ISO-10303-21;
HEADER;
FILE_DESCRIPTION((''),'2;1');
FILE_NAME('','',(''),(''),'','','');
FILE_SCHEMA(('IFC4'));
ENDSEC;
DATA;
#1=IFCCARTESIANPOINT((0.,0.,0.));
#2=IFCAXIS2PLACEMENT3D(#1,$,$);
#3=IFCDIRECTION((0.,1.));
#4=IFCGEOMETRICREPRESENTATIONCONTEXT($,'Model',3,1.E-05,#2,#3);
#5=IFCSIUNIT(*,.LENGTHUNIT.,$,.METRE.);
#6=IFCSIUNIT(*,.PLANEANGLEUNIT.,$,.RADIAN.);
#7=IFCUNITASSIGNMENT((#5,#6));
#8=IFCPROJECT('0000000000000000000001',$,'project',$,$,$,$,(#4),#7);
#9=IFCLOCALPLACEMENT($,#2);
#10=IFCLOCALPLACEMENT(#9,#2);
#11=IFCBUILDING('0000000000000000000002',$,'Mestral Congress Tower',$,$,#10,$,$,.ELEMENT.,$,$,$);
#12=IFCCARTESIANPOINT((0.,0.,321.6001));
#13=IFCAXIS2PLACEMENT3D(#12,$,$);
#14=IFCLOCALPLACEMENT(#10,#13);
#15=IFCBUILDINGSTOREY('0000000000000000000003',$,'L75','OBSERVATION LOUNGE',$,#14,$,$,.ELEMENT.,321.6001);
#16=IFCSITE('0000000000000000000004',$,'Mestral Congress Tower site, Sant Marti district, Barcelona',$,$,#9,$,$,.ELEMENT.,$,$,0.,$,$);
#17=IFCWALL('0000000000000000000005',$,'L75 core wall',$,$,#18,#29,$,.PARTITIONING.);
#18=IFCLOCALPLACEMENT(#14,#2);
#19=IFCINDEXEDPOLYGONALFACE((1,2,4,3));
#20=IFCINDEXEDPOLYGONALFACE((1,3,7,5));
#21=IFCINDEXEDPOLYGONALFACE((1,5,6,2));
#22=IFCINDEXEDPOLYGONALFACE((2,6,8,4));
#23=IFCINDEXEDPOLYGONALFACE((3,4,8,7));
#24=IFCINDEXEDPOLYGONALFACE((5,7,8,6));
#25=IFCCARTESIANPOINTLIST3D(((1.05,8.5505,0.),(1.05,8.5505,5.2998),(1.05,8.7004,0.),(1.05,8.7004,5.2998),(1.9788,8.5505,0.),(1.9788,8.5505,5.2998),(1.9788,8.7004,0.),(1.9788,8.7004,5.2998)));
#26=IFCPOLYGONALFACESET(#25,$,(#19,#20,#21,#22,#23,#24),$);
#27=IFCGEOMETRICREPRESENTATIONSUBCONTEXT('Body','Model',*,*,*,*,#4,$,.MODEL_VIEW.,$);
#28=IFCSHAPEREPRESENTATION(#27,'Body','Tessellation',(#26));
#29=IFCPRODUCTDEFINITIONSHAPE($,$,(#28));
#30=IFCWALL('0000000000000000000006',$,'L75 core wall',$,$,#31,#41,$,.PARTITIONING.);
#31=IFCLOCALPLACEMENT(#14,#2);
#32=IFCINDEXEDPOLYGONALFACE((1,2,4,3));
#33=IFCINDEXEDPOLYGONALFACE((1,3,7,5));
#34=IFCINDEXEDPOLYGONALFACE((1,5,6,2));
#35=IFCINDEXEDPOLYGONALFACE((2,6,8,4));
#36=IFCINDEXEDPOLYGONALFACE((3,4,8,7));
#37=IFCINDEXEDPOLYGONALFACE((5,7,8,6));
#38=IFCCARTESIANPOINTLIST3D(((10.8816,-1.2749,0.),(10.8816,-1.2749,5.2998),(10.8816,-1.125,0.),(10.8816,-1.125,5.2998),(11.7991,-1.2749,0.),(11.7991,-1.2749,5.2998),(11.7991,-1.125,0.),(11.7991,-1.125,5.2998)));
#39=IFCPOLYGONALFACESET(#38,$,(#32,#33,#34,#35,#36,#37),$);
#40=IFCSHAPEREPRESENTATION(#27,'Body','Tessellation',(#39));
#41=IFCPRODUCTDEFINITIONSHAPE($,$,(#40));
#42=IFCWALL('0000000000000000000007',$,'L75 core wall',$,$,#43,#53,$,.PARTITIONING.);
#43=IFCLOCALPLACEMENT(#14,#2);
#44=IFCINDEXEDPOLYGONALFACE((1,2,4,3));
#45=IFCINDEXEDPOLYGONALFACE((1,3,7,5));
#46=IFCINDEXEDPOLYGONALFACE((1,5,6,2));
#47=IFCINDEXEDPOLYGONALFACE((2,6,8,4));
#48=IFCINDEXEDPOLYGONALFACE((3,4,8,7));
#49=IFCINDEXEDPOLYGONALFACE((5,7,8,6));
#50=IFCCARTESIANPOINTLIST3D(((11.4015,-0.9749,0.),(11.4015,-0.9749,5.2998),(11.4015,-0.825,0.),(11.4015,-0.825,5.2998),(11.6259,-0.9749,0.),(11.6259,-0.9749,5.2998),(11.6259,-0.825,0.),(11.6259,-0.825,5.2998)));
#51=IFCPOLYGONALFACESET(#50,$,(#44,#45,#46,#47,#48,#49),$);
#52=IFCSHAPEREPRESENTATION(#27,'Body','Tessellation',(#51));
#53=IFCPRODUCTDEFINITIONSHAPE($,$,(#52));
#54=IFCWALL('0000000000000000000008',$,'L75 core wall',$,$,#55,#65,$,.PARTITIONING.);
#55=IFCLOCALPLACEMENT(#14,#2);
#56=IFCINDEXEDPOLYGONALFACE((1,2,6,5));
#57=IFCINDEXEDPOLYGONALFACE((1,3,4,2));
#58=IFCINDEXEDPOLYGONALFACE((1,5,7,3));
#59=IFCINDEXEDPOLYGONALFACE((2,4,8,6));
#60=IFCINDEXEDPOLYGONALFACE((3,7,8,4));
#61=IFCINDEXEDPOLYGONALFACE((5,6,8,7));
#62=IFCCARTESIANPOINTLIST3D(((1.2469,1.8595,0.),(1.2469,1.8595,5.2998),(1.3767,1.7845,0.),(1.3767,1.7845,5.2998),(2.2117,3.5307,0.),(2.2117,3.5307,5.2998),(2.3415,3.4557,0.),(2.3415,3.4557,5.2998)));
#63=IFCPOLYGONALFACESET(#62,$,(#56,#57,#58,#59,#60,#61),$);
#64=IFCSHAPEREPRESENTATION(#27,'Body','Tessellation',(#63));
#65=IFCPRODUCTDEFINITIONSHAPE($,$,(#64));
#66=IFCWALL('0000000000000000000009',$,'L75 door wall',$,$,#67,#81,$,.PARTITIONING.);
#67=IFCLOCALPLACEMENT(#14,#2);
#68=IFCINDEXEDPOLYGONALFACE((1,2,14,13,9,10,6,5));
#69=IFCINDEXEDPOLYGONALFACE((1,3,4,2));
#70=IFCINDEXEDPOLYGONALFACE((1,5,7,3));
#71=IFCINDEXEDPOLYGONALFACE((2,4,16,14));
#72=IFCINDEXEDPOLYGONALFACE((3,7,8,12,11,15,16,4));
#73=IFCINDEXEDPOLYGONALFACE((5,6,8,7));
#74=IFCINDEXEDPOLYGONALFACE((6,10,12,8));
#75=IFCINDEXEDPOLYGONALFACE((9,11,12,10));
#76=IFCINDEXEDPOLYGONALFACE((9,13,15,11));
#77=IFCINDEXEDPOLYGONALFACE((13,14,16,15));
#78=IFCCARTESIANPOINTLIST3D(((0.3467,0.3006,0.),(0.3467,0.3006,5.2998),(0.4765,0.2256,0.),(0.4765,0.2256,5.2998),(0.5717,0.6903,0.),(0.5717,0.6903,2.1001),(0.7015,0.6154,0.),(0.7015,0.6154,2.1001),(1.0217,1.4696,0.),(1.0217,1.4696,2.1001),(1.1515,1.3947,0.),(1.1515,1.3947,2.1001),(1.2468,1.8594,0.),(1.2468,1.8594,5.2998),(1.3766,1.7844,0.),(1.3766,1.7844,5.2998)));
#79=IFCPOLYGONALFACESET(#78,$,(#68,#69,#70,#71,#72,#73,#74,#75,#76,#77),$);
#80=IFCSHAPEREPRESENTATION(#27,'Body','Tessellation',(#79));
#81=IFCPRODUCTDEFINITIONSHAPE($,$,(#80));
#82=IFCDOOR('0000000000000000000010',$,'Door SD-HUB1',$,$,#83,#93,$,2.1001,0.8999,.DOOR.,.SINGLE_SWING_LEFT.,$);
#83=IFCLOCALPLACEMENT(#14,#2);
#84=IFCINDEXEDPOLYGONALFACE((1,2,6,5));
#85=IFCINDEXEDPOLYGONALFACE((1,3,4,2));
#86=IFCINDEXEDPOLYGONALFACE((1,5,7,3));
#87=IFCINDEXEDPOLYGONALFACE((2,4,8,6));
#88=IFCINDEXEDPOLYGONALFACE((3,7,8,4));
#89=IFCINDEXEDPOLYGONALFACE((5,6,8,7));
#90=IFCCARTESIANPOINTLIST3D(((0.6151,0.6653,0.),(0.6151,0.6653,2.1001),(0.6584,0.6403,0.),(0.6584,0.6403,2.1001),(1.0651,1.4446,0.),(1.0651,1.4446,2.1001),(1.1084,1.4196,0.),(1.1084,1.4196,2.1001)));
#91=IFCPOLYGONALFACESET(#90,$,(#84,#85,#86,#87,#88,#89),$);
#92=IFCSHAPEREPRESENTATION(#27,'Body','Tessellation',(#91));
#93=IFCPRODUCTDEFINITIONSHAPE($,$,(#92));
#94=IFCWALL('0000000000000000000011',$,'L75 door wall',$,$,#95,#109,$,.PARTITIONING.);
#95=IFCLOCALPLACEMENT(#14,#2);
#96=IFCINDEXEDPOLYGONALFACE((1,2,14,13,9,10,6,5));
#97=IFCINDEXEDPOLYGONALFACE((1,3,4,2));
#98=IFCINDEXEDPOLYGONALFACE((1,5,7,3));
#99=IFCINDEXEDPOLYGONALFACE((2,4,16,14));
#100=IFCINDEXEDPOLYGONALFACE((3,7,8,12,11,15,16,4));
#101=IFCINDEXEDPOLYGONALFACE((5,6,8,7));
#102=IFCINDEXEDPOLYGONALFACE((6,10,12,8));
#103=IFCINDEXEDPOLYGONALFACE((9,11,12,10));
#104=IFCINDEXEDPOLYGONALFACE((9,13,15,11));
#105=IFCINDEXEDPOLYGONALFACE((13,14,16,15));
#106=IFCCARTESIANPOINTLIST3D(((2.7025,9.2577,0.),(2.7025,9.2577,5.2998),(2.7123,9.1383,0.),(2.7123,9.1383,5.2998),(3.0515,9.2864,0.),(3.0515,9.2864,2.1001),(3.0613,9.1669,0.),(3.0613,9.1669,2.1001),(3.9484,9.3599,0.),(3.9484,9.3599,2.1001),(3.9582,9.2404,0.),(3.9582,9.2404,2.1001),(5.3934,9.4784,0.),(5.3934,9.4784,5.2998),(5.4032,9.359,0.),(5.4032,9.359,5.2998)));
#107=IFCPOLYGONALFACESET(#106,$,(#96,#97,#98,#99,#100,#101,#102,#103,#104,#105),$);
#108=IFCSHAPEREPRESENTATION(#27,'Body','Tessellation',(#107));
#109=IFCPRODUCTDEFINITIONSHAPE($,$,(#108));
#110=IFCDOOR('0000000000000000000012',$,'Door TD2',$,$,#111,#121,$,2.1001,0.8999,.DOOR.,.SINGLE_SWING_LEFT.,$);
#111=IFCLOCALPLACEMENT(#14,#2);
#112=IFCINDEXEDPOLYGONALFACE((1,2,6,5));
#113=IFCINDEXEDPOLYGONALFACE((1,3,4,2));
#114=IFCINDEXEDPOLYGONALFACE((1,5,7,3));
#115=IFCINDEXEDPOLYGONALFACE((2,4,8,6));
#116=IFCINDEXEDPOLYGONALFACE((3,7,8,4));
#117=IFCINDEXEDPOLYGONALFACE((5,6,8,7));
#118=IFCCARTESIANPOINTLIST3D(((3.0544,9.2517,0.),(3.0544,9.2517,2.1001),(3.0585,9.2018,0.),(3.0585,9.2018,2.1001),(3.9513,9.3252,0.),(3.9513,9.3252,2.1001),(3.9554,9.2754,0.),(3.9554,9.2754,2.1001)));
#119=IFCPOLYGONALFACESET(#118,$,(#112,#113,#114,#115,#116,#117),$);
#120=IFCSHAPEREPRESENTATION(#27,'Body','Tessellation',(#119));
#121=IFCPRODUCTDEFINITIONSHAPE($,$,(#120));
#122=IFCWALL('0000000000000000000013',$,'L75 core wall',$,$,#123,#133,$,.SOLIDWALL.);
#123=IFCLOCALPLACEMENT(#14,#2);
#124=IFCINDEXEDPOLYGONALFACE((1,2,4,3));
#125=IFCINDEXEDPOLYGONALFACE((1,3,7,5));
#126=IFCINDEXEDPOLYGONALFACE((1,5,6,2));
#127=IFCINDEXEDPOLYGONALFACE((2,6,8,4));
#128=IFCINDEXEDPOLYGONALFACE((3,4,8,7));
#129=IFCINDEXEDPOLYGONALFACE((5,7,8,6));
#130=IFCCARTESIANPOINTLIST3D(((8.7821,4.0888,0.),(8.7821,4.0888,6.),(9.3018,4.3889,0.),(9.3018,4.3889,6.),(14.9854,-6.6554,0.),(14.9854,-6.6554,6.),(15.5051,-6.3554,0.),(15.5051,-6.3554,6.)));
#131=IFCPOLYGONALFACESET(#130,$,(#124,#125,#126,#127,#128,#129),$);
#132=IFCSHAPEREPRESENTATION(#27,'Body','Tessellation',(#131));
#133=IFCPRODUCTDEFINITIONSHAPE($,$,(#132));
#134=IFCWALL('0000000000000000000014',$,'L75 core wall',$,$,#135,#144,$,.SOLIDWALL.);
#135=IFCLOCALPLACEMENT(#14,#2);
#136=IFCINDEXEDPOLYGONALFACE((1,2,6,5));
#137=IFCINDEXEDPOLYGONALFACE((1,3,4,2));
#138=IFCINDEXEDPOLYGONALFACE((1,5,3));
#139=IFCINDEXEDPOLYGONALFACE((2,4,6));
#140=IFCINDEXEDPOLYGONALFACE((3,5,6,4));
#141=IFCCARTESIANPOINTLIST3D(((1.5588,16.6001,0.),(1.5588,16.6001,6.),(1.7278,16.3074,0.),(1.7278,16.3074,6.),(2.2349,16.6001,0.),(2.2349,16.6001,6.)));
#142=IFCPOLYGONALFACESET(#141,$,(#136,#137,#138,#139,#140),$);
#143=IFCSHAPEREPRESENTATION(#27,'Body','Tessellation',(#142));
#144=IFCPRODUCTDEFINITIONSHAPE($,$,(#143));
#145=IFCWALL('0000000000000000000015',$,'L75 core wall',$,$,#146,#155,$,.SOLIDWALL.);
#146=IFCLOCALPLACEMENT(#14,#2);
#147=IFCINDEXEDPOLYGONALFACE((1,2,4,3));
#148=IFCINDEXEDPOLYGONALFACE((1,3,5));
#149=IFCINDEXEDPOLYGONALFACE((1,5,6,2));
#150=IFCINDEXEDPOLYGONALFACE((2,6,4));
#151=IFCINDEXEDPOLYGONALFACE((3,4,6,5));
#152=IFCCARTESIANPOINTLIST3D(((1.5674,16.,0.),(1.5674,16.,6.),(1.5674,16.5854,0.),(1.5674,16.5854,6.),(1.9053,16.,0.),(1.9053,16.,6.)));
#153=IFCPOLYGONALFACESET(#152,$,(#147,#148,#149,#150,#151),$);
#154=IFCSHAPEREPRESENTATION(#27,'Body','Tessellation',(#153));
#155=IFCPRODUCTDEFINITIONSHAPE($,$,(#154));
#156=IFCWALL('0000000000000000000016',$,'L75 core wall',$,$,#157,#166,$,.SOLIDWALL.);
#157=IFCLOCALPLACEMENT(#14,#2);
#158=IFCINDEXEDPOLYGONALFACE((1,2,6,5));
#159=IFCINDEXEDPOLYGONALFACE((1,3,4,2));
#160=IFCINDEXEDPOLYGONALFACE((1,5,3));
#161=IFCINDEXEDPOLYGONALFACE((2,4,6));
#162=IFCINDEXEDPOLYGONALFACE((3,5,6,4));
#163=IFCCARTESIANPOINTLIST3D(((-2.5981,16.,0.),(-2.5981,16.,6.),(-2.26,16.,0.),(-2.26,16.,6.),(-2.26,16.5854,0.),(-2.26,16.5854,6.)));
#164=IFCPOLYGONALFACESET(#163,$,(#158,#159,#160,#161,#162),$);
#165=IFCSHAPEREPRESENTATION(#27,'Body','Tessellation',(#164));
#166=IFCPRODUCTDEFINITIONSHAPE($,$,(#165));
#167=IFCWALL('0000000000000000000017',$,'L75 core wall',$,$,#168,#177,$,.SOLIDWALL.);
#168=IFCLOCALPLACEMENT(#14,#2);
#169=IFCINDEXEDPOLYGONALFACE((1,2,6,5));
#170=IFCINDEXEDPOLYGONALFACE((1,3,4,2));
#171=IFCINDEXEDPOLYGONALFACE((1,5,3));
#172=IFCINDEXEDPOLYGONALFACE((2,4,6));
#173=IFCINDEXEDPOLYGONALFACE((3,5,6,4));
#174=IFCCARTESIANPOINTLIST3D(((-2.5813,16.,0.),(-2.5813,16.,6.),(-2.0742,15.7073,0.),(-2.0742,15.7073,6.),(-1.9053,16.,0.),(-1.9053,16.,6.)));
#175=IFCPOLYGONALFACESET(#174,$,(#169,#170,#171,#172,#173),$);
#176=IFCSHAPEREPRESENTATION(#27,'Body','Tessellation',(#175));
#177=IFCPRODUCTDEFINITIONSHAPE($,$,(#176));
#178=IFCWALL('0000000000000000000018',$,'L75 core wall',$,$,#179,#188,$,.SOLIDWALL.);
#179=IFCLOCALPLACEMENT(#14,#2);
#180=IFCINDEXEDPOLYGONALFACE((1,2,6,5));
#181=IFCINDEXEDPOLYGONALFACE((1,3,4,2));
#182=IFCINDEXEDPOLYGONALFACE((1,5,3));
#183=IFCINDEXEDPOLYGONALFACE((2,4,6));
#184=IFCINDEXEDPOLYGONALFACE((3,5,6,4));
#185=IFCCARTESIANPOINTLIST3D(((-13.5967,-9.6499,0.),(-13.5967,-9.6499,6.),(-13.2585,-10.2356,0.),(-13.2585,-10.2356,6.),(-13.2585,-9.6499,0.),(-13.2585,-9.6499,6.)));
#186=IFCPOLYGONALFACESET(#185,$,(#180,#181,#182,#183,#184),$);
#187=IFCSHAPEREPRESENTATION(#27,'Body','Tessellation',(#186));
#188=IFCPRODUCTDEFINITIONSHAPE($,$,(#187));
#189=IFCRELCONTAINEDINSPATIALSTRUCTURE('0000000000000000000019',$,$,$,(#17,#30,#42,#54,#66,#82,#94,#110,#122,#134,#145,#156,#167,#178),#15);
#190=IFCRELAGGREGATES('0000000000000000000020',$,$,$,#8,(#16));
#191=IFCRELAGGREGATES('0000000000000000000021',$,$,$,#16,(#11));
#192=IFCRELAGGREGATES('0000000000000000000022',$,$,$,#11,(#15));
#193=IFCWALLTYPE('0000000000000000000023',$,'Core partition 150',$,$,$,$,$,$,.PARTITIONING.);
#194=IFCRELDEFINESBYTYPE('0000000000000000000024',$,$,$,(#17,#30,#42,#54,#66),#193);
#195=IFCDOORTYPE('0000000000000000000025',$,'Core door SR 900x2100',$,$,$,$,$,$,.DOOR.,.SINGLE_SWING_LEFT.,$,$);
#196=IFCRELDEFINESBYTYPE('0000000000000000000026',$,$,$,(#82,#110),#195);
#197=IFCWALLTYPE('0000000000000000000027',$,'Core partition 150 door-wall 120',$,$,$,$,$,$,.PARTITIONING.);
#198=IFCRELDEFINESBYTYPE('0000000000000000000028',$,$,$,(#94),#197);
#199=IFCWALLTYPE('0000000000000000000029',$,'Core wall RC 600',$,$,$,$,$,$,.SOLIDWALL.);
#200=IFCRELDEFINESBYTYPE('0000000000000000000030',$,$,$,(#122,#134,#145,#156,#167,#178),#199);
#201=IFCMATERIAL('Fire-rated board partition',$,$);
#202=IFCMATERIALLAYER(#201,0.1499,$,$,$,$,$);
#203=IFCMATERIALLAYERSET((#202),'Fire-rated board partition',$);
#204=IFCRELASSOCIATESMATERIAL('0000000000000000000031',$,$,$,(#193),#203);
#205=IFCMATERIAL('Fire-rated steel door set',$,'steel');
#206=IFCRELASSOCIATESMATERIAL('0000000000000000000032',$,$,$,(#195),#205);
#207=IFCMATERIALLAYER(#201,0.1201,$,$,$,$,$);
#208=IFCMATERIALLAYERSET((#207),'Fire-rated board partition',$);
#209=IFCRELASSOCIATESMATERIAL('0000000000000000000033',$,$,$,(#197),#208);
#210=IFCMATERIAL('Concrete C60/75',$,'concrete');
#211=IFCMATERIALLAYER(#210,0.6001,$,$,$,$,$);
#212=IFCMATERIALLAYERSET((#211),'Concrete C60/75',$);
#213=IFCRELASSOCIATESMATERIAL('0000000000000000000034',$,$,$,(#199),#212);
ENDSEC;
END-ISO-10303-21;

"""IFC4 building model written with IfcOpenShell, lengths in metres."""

from ifc_helpers import new_model, si_unit, direction, frame, frame_2d, origin, place, context, subcontext, project, spatial, polyline, rectangle, outline, extrude, material, layer, layer_set, type_object, element, fill, save


model = new_model("IFC4")

# Units and contexts
model_context = context("Model", 3, precision=1e-05, world=origin(), true_north=direction((0.0, 1.0)))
body_context = subcontext(model_context, "Body", "Model", "MODEL_VIEW")
ifc_project = project(units=[si_unit("LENGTHUNIT", "METRE"), si_unit("PLANEANGLEUNIT", "RADIAN")], contexts=[model_context])

# Site, building, storey
site_placement = place(None, origin())
site = spatial("IfcSite", under=ifc_project, at=site_placement, Name="Mestral Congress Tower site, Sant Marti district, Barcelona", CompositionType="ELEMENT", RefElevation=0.0)
building_placement = place(site_placement, origin())
building = spatial("IfcBuilding", under=site, at=building_placement, Name="Mestral Congress Tower", CompositionType="ELEMENT")
storey_placement = place(building_placement, frame((0.0, 0.0, 321.6001)))
storey = spatial("IfcBuildingStorey", under=building, at=storey_placement, Name="L75", Description="OBSERVATION LOUNGE", CompositionType="ELEMENT", Elevation=321.6001)

# Walls
ifc_material_1 = material(Name="Fire-rated board partition")
ifc_layer_1 = layer(ifc_material_1, 0.1499)
ifc_layer_set_1 = layer_set([ifc_layer_1], Name="Fire-rated board partition")
wall_type_1 = type_object("IfcWallType", Name="Core partition 150", PredefinedType="PARTITIONING", material=ifc_layer_set_1)
wall_1_placement = place(storey_placement, frame((1.05, 8.6255, 0.0), z_axis=(0.0, 0.0, 1.0), x_axis=(1.0, 0.0, 0.0)))
element("IfcWall", 1, at=wall_1_placement, inside=storey, type_object=wall_type_1, Name="L75 core wall", PredefinedType="PARTITIONING", context=body_context, shape_type="SweptSolid", body=[
    extrude(rectangle(XDim=0.9287, YDim=0.1499, at=frame_2d((0.4644, 0.0))), origin(), (0.0, 0.0, 1.0), 5.2998),
])
wall_2_placement = place(storey_placement, frame((10.8816, -1.2, 0.0), z_axis=(0.0, 0.0, 1.0), x_axis=(1.0, 0.0, 0.0)))
element("IfcWall", 2, at=wall_2_placement, inside=storey, type_object=wall_type_1, Name="L75 core wall", PredefinedType="PARTITIONING", context=body_context, shape_type="SweptSolid", body=[
    extrude(rectangle(XDim=0.9175, YDim=0.1499, at=frame_2d((0.4587, 0.0))), origin(), (0.0, 0.0, 1.0), 5.2998),
])
wall_3_placement = place(storey_placement, frame((11.4014, -0.8999, 0.0), z_axis=(0.0, 0.0, 1.0), x_axis=(1.0, 0.0, 0.0)))
element("IfcWall", 3, at=wall_3_placement, inside=storey, type_object=wall_type_1, Name="L75 core wall", PredefinedType="PARTITIONING", context=body_context, shape_type="SweptSolid", body=[
    extrude(rectangle(XDim=0.2244, YDim=0.1499, at=frame_2d((0.1123, 0.0))), origin(), (0.0, 0.0, 1.0), 5.2998),
])
wall_4_placement = place(storey_placement, frame((1.3118, 1.822, 0.0), z_axis=(0.0, 0.0, 1.0), x_axis=(0.500004, 0.866023, 0.0)))
element("IfcWall", 4, at=wall_4_placement, inside=storey, type_object=wall_type_1, Name="L75 core wall", PredefinedType="PARTITIONING", context=body_context, shape_type="SweptSolid", body=[
    extrude(rectangle(XDim=1.9297, YDim=0.1499, at=frame_2d((0.9648, 0.0))), origin(), (0.0, 0.0, 1.0), 5.2998),
])

# Walls, openings, doors
wall_5_placement = place(storey_placement, frame((0.4116, 0.2632, 0.0), z_axis=(0.0, 0.0, 1.0), x_axis=(0.500063, 0.865989, 0.0)))
wall_5 = element("IfcWall", 5, at=wall_5_placement, inside=storey, type_object=wall_type_1, Name="L75 door wall", PredefinedType="PARTITIONING", context=body_context, shape_type="SweptSolid", body=[
    extrude(rectangle(XDim=1.8, YDim=0.1499, at=frame_2d((0.8999, 0.0))), origin(), (0.0, 0.0, 1.0), 5.2998),
])
opening_1_placement = place(wall_5_placement, frame((0.45, 0.0, 0.0)))
opening_1 = element("IfcOpeningElement", 6, at=opening_1_placement, cuts=wall_5, PredefinedType="OPENING", context=body_context, shape_type="SweptSolid", body=[
    extrude(rectangle(XDim=0.8999, YDim=2.1001, at=frame_2d((0.45, 1.05))), frame((0.0, 0.085, 0.0), z_axis=(0.0, -1.0, 0.0), x_axis=(1.0, 0.0, 0.0)), (0.0, 0.0, 1.0), 0.1699),
])
ifc_material_2 = material(Name="Fire-rated steel door set", Category="steel")
door_type_1 = type_object("IfcDoorType", Name="Core door SR 900x2100", OperationType="SINGLE_SWING_LEFT", PredefinedType="DOOR", material=ifc_material_2)
door_1_placement = place(opening_1_placement, origin())
door_1 = element("IfcDoor", 7, at=door_1_placement, inside=storey, type_object=door_type_1, Name="Door SD-HUB1", OperationType="SINGLE_SWING_LEFT", OverallHeight=2.1001, OverallWidth=0.8999, PredefinedType="DOOR", context=body_context, shape_type="SweptSolid", body=[
    extrude(rectangle(XDim=0.8999, YDim=2.1001, at=frame_2d((0.45, 1.05))), frame((0.0, 0.0249, 0.0), z_axis=(0.0, -1.0, 0.0), x_axis=(1.0, 0.0, 0.0)), (0.0, 0.0, 1.0), 0.05),
])
fill(opening_1, door_1)
ifc_layer_2 = layer(ifc_material_1, 0.1201)
ifc_layer_set_2 = layer_set([ifc_layer_2], Name="Fire-rated board partition")
wall_type_2 = type_object("IfcWallType", Name="Core partition 150 door-wall 120", PredefinedType="PARTITIONING", material=ifc_layer_set_2)
wall_6_placement = place(storey_placement, frame((5.3984, 9.4187, 0.0), z_axis=(0.0, 0.0, 1.0), x_axis=(-0.996653, -0.081743, 0.0)))
wall_6 = element("IfcWall", 8, at=wall_6_placement, inside=storey, type_object=wall_type_2, Name="L75 door wall", PredefinedType="PARTITIONING", context=body_context, shape_type="SweptSolid", body=[
    extrude(rectangle(XDim=2.7, YDim=0.1199, at=frame_2d((1.3501, 0.0))), origin(), (0.0, 0.0, 1.0), 5.2998),
])
opening_2_placement = place(wall_6_placement, frame((1.45, 0.0, 0.0)))
opening_2 = element("IfcOpeningElement", 9, at=opening_2_placement, cuts=wall_6, PredefinedType="OPENING", context=body_context, shape_type="SweptSolid", body=[
    extrude(rectangle(XDim=0.8999, YDim=2.1001, at=frame_2d((0.45, 1.05))), frame((0.0, 0.0698, 0.0), z_axis=(0.0, -1.0, 0.0), x_axis=(1.0, 0.0, 0.0)), (0.0, 0.0, 1.0), 0.1399),
])
door_2_placement = place(opening_2_placement, origin())
door_2 = element("IfcDoor", 10, at=door_2_placement, inside=storey, type_object=door_type_1, Name="Door TD2", OperationType="SINGLE_SWING_LEFT", OverallHeight=2.1001, OverallWidth=0.8999, PredefinedType="DOOR", context=body_context, shape_type="SweptSolid", body=[
    extrude(rectangle(XDim=0.8999, YDim=2.1001, at=frame_2d((0.45, 1.05))), frame((0.0, 0.0249, 0.0), z_axis=(0.0, -1.0, 0.0), x_axis=(1.0, 0.0, 0.0)), (0.0, 0.0, 1.0), 0.05),
])
fill(opening_2, door_2)

# Walls
ifc_material_3 = material(Name="Concrete C60/75", Category="concrete")
ifc_layer_3 = layer(ifc_material_3, 0.6001)
ifc_layer_set_3 = layer_set([ifc_layer_3], Name="Concrete C60/75")
wall_type_3 = type_object("IfcWallType", Name="Core wall RC 600", PredefinedType="SOLIDWALL", material=ifc_layer_set_3)
wall_7_placement = place(storey_placement, frame((9.042, 4.2388, 0.0), z_axis=(0.0, 0.0, 1.0), x_axis=(0.500006, -0.866022, 0.0)))
element("IfcWall", 11, at=wall_7_placement, inside=storey, type_object=wall_type_3, Name="L75 core wall", PredefinedType="SOLIDWALL", context=body_context, shape_type="SweptSolid", body=[
    extrude(rectangle(XDim=12.4065, YDim=0.6001, at=frame_2d((6.2031, 0.0))), origin(), (0.0, 0.0, 1.0), 6.0),
])
placement = place(storey_placement, origin())
element("IfcWall", 12, at=placement, inside=storey, type_object=wall_type_3, Name="L75 core wall", PredefinedType="SOLIDWALL", context=body_context, shape_type="SweptSolid", body=[
    extrude(outline(polyline([(1.5588, 16.6001), (2.2349, 16.6001), (1.7278, 16.3074), (1.5588, 16.6001)])), origin(), (0.0, 0.0, 1.0), 6.0),
])
element("IfcWall", 13, at=placement, inside=storey, type_object=wall_type_3, Name="L75 core wall", PredefinedType="SOLIDWALL", context=body_context, shape_type="SweptSolid", body=[
    extrude(outline(polyline([(1.9053, 16.0), (1.5674, 16.0), (1.5674, 16.5854), (1.9053, 16.0)])), origin(), (0.0, 0.0, 1.0), 6.0),
])
element("IfcWall", 14, at=placement, inside=storey, type_object=wall_type_3, Name="L75 core wall", PredefinedType="SOLIDWALL", context=body_context, shape_type="SweptSolid", body=[
    extrude(outline(polyline([(-2.5981, 16.0), (-2.26, 16.5854), (-2.26, 16.0), (-2.5981, 16.0)])), origin(), (0.0, 0.0, 1.0), 6.0),
])
element("IfcWall", 15, at=placement, inside=storey, type_object=wall_type_3, Name="L75 core wall", PredefinedType="SOLIDWALL", context=body_context, shape_type="SweptSolid", body=[
    extrude(outline(polyline([(-1.9053, 16.0), (-2.0742, 15.7073), (-2.5813, 16.0), (-1.9053, 16.0)])), origin(), (0.0, 0.0, 1.0), 6.0),
])
element("IfcWall", 16, at=placement, inside=storey, type_object=wall_type_3, Name="L75 core wall", PredefinedType="SOLIDWALL", context=body_context, shape_type="SweptSolid", body=[
    extrude(outline(polyline([(-13.5967, -9.6499), (-13.2585, -9.6499), (-13.2585, -10.2356), (-13.5967, -9.6499)])), origin(), (0.0, 0.0, 1.0), 6.0),
])

save(model, "model.ifc")
